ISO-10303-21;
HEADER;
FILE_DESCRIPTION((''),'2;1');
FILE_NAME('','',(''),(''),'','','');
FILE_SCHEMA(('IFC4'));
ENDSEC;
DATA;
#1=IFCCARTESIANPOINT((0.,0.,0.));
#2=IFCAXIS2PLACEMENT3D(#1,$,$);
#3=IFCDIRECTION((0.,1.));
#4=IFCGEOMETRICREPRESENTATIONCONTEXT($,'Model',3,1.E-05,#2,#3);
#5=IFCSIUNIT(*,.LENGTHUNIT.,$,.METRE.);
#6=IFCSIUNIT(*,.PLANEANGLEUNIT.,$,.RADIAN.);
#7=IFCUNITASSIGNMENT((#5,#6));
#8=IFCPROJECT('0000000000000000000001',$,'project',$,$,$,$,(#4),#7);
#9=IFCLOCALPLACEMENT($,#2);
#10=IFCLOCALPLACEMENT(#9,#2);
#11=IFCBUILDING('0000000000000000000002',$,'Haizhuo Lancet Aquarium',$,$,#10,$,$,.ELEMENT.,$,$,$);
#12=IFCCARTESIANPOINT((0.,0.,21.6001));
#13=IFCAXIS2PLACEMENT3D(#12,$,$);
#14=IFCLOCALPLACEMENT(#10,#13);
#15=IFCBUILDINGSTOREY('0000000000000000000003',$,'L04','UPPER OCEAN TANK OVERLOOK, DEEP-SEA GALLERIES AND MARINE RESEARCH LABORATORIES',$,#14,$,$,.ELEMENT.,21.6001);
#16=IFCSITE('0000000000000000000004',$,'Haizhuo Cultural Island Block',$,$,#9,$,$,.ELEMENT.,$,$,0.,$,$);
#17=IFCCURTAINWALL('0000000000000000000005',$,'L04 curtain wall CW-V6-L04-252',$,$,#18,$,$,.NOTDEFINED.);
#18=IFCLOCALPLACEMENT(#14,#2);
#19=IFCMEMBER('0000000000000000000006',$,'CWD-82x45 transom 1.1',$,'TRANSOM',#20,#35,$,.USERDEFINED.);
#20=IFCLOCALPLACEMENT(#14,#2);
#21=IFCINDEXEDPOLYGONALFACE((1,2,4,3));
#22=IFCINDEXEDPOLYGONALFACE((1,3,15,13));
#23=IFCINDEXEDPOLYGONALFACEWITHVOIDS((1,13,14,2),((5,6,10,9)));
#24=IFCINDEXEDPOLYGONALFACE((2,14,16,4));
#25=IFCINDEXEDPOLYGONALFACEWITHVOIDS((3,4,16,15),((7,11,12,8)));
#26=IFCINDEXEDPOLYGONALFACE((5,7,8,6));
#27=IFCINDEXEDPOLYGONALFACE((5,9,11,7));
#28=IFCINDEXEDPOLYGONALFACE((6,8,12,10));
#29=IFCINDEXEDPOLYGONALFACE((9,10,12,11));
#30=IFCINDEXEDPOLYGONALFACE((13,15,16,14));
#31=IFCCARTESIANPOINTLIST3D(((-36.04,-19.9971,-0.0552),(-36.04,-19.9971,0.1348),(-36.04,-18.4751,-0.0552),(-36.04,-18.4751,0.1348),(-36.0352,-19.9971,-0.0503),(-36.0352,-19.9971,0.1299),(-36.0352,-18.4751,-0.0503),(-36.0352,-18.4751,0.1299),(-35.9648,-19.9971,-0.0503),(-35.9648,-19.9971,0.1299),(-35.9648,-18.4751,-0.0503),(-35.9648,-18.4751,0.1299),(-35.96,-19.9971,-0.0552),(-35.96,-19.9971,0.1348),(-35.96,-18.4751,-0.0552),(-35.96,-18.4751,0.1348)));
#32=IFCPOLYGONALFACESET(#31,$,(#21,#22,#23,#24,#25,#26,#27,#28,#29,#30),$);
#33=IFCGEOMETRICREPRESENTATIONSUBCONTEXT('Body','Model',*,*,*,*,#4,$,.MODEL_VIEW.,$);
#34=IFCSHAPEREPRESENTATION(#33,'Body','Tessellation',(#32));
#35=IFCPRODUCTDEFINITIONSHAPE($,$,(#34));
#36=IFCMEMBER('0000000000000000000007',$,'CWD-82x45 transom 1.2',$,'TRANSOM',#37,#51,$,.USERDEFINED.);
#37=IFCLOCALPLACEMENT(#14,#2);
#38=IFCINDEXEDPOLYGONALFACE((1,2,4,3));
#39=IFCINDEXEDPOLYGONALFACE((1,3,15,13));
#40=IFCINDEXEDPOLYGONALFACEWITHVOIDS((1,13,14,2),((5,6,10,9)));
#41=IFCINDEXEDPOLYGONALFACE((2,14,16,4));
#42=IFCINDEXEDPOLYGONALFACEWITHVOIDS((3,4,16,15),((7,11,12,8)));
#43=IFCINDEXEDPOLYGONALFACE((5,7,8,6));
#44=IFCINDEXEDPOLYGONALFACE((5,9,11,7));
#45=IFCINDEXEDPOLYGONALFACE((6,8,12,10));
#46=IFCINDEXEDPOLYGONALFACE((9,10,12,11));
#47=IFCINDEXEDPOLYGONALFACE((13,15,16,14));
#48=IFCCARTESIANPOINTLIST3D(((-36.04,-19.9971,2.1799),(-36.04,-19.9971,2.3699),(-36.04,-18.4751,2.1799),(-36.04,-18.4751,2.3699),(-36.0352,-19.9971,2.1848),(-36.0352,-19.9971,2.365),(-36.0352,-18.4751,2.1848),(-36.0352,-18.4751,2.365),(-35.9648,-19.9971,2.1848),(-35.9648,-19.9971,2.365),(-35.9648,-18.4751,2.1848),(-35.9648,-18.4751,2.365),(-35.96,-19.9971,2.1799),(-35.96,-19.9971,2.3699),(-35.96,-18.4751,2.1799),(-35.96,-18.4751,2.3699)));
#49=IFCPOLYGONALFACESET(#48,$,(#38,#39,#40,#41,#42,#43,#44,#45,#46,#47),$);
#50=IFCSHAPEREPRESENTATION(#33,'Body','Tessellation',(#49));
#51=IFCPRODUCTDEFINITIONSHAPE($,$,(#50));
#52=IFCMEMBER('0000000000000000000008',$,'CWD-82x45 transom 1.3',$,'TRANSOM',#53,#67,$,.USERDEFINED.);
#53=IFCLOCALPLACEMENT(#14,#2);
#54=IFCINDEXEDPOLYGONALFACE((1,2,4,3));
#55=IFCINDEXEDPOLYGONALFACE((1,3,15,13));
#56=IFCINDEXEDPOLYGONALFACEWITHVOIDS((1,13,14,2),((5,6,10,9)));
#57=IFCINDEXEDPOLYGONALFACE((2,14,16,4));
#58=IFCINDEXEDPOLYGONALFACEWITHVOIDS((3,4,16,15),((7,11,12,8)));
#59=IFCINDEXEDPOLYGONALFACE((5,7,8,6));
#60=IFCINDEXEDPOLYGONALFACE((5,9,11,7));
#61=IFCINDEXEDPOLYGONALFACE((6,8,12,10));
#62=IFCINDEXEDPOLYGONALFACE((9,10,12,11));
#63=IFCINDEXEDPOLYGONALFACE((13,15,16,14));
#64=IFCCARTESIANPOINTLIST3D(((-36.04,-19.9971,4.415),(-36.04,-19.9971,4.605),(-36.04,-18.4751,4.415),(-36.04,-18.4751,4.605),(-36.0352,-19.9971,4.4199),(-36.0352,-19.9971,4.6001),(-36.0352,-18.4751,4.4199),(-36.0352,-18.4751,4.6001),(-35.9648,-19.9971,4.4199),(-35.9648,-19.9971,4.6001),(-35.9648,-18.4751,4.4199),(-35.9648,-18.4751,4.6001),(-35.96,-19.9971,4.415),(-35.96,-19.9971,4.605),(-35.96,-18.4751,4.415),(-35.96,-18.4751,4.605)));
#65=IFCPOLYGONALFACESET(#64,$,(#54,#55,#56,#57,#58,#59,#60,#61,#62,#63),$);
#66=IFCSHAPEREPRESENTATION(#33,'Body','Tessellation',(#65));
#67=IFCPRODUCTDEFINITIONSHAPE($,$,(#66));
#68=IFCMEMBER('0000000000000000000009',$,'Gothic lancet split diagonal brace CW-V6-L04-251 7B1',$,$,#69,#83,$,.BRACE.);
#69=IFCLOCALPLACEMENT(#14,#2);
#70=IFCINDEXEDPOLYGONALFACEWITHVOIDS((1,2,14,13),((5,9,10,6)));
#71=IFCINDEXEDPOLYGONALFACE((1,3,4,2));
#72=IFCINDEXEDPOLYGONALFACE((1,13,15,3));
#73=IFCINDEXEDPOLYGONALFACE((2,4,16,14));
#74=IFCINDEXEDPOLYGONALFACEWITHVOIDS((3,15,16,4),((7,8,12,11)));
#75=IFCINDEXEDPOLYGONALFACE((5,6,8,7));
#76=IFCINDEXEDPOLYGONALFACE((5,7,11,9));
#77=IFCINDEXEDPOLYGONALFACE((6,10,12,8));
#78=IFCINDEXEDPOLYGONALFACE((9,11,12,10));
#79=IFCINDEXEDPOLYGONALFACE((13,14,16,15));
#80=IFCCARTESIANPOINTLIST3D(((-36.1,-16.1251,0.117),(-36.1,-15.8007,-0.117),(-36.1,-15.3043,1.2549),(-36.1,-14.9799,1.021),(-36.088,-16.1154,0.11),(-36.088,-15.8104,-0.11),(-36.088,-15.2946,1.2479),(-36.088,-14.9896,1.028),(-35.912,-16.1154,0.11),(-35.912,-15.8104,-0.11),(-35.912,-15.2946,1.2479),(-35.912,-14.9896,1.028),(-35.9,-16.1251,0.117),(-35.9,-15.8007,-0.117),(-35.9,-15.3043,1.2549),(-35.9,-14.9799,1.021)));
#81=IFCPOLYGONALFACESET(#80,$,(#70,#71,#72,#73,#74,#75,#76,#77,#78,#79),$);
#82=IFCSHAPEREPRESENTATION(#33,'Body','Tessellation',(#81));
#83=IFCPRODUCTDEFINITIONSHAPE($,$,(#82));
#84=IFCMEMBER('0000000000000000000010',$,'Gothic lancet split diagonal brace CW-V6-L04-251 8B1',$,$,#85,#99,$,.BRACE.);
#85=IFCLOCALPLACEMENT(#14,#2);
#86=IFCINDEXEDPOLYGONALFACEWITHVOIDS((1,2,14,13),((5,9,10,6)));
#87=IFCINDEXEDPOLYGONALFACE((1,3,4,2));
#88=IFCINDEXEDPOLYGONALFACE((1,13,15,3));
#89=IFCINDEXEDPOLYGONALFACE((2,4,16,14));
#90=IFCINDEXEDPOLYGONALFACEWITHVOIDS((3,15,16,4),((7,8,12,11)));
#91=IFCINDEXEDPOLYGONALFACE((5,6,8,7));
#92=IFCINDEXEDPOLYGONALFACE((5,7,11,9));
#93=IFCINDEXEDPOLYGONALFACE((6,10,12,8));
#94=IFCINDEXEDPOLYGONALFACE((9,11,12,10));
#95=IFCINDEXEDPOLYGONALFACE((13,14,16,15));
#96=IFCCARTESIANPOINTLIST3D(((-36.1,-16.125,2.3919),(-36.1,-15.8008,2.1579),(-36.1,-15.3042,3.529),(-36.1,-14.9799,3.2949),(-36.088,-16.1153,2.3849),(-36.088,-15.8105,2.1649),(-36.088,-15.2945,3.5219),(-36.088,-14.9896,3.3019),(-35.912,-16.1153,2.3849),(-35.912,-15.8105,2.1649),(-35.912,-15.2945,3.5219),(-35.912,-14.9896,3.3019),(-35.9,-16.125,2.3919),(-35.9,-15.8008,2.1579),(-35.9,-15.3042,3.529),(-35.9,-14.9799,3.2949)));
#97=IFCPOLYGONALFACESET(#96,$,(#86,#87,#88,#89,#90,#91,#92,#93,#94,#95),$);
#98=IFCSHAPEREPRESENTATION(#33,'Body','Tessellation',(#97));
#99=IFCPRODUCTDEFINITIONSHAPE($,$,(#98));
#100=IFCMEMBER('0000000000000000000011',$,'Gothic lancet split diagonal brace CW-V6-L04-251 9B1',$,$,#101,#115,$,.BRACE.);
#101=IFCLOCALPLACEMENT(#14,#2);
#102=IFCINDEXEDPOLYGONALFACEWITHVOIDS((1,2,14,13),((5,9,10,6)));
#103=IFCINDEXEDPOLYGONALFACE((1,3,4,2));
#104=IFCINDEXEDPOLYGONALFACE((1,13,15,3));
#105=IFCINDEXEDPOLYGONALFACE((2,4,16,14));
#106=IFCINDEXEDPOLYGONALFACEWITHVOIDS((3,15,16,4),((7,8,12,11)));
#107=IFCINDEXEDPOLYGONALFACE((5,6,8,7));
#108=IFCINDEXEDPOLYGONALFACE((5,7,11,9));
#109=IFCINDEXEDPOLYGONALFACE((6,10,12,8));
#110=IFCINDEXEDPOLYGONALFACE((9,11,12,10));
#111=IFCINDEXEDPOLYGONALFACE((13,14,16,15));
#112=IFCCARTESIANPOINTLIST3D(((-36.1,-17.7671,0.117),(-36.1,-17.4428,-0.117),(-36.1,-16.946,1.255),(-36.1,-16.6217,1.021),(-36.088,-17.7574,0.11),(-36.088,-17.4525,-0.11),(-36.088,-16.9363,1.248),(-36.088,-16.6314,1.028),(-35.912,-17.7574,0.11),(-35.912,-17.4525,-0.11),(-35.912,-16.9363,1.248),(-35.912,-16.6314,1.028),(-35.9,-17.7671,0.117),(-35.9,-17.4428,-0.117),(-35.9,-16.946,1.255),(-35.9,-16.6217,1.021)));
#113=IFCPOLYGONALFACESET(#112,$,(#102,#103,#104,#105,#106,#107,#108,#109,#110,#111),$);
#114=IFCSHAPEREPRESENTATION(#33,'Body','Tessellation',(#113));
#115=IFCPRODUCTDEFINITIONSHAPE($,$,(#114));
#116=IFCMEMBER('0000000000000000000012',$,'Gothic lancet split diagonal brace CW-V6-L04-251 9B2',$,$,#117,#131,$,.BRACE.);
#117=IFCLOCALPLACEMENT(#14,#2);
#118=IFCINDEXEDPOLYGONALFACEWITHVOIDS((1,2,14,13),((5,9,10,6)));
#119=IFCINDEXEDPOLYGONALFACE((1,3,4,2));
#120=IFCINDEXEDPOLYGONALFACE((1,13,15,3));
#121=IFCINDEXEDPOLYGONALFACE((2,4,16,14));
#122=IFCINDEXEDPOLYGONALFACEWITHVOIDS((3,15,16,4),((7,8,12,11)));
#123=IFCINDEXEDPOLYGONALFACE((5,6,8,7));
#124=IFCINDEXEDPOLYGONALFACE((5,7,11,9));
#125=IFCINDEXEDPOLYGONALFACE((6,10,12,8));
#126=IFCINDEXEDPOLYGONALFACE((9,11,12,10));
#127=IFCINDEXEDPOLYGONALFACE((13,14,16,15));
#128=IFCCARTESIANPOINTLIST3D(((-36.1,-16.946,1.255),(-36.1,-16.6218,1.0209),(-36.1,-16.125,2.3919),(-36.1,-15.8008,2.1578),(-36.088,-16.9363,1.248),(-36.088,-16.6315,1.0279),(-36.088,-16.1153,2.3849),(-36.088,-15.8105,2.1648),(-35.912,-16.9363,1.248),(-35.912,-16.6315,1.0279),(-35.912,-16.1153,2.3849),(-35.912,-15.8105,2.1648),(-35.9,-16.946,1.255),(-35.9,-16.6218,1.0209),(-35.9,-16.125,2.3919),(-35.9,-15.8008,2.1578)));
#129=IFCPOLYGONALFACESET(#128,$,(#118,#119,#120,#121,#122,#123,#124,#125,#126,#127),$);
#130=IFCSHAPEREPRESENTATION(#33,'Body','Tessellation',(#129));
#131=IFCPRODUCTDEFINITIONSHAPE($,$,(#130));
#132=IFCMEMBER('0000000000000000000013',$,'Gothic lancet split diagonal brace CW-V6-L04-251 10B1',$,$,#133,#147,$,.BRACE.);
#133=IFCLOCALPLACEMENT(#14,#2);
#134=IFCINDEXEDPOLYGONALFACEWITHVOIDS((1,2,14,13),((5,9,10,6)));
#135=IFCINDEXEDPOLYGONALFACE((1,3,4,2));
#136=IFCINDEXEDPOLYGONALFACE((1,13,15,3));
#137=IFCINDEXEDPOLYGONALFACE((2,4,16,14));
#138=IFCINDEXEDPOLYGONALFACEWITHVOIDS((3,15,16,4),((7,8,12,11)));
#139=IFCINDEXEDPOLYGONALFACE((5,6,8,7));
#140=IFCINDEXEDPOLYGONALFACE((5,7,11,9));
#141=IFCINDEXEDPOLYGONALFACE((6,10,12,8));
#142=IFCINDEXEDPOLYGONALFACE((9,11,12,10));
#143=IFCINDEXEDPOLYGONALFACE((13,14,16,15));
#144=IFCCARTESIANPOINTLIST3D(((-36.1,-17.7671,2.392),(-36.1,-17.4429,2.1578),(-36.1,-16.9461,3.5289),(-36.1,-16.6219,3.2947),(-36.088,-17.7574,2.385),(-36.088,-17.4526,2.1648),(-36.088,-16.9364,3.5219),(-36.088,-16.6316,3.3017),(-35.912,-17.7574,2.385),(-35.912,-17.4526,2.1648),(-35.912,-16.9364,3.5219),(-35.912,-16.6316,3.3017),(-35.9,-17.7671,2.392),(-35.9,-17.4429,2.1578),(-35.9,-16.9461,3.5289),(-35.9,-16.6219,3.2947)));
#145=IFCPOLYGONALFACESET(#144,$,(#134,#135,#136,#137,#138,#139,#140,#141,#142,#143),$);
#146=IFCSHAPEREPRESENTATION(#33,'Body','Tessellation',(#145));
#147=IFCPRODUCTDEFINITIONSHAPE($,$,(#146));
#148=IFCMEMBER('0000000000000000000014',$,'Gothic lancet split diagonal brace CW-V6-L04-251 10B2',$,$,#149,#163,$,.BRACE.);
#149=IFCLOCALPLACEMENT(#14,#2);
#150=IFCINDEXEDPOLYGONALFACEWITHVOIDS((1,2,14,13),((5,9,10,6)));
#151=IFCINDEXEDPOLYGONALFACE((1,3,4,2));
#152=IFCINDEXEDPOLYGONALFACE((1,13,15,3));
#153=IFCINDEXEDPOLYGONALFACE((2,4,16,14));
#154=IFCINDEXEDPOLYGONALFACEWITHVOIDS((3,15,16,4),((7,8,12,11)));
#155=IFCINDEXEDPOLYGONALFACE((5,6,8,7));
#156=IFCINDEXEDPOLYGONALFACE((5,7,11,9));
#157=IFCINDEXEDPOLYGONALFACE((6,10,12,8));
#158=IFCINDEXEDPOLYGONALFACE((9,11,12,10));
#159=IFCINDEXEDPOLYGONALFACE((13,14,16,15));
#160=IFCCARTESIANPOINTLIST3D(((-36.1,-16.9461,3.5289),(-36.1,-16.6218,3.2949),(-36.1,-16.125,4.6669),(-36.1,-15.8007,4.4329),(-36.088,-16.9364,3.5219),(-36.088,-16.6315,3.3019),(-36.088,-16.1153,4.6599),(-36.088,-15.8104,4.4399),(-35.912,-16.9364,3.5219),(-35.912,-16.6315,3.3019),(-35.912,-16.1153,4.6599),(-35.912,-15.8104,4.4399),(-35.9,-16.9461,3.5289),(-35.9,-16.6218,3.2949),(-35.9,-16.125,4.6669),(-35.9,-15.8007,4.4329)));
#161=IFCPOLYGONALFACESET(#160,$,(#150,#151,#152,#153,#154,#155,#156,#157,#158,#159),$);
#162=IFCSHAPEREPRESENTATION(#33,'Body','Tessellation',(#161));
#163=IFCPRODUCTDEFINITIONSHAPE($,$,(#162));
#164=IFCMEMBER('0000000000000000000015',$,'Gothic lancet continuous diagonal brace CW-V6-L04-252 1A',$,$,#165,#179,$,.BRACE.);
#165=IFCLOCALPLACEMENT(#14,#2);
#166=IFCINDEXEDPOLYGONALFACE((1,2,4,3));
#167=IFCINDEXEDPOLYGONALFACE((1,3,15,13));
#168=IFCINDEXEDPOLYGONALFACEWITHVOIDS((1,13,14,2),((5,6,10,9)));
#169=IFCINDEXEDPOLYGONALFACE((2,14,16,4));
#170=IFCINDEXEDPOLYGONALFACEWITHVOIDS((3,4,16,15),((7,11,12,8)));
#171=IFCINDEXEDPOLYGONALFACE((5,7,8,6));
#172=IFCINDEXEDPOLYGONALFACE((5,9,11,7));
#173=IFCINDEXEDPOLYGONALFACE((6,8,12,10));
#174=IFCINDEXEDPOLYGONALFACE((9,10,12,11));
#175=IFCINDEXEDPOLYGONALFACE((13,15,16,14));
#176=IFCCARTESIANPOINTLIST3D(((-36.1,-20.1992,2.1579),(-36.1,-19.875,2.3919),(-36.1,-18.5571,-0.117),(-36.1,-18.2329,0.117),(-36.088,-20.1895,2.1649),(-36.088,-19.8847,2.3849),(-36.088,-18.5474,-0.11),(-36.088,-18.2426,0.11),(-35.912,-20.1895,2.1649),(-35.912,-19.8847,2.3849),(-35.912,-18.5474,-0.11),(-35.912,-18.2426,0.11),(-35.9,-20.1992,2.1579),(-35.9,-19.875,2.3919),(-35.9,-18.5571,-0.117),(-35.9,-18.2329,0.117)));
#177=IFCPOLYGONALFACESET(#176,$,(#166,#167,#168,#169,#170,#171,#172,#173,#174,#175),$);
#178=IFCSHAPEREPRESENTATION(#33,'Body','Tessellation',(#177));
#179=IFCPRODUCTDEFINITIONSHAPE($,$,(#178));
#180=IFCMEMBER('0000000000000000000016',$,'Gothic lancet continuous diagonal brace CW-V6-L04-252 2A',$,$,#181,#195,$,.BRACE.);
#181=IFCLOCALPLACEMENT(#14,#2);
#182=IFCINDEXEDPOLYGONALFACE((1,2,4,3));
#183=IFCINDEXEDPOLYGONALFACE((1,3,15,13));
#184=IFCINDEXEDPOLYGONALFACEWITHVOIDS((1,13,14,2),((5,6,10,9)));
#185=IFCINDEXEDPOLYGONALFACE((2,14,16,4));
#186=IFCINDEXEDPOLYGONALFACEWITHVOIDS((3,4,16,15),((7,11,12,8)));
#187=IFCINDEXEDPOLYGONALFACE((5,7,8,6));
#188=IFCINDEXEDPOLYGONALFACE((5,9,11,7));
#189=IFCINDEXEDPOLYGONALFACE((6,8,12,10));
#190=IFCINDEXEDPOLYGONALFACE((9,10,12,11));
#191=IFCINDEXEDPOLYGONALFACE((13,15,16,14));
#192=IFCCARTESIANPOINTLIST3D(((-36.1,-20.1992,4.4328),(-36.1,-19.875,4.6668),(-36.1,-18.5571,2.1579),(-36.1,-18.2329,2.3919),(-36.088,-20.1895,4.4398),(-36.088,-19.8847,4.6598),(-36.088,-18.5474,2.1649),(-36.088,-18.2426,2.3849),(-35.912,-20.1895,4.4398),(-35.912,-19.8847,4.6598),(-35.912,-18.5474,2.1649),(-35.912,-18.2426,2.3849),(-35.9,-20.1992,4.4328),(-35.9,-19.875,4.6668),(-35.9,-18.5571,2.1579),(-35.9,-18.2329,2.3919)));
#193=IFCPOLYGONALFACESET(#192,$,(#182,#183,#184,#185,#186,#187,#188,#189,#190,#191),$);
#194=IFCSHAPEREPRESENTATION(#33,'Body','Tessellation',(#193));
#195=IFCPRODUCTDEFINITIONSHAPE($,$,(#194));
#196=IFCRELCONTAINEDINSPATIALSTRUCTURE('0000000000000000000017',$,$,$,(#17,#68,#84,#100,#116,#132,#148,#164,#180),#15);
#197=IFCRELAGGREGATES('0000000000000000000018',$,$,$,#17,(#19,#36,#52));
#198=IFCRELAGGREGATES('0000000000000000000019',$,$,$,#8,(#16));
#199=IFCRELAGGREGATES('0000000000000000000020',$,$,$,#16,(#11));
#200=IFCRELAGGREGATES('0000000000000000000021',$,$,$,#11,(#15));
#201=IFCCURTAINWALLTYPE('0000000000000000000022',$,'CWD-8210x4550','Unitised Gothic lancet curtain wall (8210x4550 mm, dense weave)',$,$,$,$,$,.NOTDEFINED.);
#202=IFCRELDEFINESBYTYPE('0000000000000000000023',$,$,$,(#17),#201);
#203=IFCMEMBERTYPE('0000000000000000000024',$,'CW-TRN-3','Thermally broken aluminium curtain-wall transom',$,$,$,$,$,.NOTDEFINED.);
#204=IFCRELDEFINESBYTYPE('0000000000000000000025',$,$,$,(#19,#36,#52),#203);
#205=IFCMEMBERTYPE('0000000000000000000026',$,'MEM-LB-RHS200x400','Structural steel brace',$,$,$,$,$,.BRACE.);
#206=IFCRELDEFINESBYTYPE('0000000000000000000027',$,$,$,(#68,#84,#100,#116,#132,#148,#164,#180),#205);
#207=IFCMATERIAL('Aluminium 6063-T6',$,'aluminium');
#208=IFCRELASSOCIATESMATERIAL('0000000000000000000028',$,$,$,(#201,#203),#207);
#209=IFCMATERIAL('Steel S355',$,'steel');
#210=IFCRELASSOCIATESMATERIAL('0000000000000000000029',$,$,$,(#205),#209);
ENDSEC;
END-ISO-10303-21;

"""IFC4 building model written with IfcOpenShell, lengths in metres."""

from ifc_helpers import new_model, si_unit, direction, frame, origin, origin_2d, place, context, subcontext, project, spatial, hollow_rectangle, extrude, material, material_profile, profile_set, type_object, element, aggregate, save


model = new_model("IFC4")

# Units and contexts
model_context = context("Model", 3, precision=1e-05, world=origin(), true_north=direction((0.0, 1.0)))
body_context = subcontext(model_context, "Body", "Model", "MODEL_VIEW")
ifc_project = project(units=[si_unit("LENGTHUNIT", "METRE"), si_unit("PLANEANGLEUNIT", "RADIAN")], contexts=[model_context])

# Site, building, storey
site_placement = place(None, origin())
site = spatial("IfcSite", under=ifc_project, at=site_placement, Name="Haizhuo Cultural Island Block", CompositionType="ELEMENT", RefElevation=0.0)
building_placement = place(site_placement, origin())
building = spatial("IfcBuilding", under=site, at=building_placement, Name="Haizhuo Lancet Aquarium", CompositionType="ELEMENT")
storey_placement = place(building_placement, frame((0.0, 0.0, 21.6001)))
storey = spatial("IfcBuildingStorey", under=building, at=storey_placement, Name="L04", Description="UPPER OCEAN TANK OVERLOOK, DEEP-SEA GALLERIES AND MARINE RESEARCH LABORATORIES", CompositionType="ELEMENT", Elevation=21.6001)

# Shared definitions
ifc_material_1 = material(Name="Steel S355", Category="steel")

# Shared definitions
ifc_material_2 = material(Name="Aluminium 6063-T6", Category="aluminium")
curtain_wall_type = type_object("IfcCurtainWallType", Name="CWD-8210x4550", Description="Unitised Gothic lancet curtain wall (8210x4550 mm, dense weave)", PredefinedType="NOTDEFINED", material=ifc_material_2)

# Curtain wall
curtain_wall_1_placement = place(storey_placement, origin())
curtain_wall_1 = element("IfcCurtainWall", 1, at=curtain_wall_1_placement, inside=storey, type_object=curtain_wall_type, Name="L04 curtain wall CW-V6-L04-252", PredefinedType="NOTDEFINED")

# Members
ifc_material_profile_1 = material_profile(ifc_material_2, hollow_rectangle(XDim=0.0801, YDim=0.1899, WallThickness=0.0049, at=origin_2d()), Name="ALU-T 80x190x5")
ifc_profile_set_1 = profile_set([ifc_material_profile_1], Name="Aluminium 6063-T6")
member_type_1 = type_object("IfcMemberType", Name="CW-TRN-3", Description="Thermally broken aluminium curtain-wall transom", PredefinedType="NOTDEFINED", material=ifc_profile_set_1)
member_1_placement = place(storey_placement, frame((-36.0, -18.4751, 0.0398), z_axis=(0.0, -1.0, 0.0), x_axis=(1.0, 0.0, 0.0)))
member_1 = element("IfcMember", 2, at=member_1_placement, type_object=member_type_1, Name="CWD-82x45 transom 1.1", ObjectType="TRANSOM", PredefinedType="USERDEFINED", context=body_context, shape_type="SweptSolid", body=[
    extrude(hollow_rectangle(XDim=0.0801, YDim=0.1899, WallThickness=0.0049, at=origin_2d()), origin(), (0.0, 0.0, 1.0), 1.522),
])
member_2_placement = place(storey_placement, frame((-36.0, -18.4751, 2.2749), z_axis=(0.0, -1.0, 0.0), x_axis=(1.0, 0.0, 0.0)))
member_2 = element("IfcMember", 3, at=member_2_placement, type_object=member_type_1, Name="CWD-82x45 transom 1.2", ObjectType="TRANSOM", PredefinedType="USERDEFINED", context=body_context, shape_type="SweptSolid", body=[
    extrude(hollow_rectangle(XDim=0.0801, YDim=0.1899, WallThickness=0.0049, at=origin_2d()), origin(), (0.0, 0.0, 1.0), 1.522),
])
member_3_placement = place(storey_placement, frame((-36.0, -18.4751, 4.51), z_axis=(0.0, -1.0, 0.0), x_axis=(1.0, 0.0, 0.0)))
member_3 = element("IfcMember", 4, at=member_3_placement, type_object=member_type_1, Name="CWD-82x45 transom 1.3", ObjectType="TRANSOM", PredefinedType="USERDEFINED", context=body_context, shape_type="SweptSolid", body=[
    extrude(hollow_rectangle(XDim=0.0801, YDim=0.1899, WallThickness=0.0049, at=origin_2d()), origin(), (0.0, 0.0, 1.0), 1.522),
])
aggregate(curtain_wall_1, [member_1, member_2, member_3])

# Members
ifc_material_profile_2 = material_profile(ifc_material_1, hollow_rectangle(XDim=0.2, YDim=0.3999, WallThickness=0.012, at=origin_2d()), Name="RHS 200x400x12")
ifc_profile_set_2 = profile_set([ifc_material_profile_2], Name="Steel S355")
member_type_2 = type_object("IfcMemberType", Name="MEM-LB-RHS200x400", Description="Structural steel brace", PredefinedType="BRACE", material=ifc_profile_set_2)
member_4_placement = place(storey_placement, frame((-36.0, -15.9629, 0.0), z_axis=(0.0, 0.585001, 0.811032), x_axis=(-1.0, 0.0, 0.0)))
element("IfcMember", 5, at=member_4_placement, inside=storey, type_object=member_type_2, Name="Gothic lancet split diagonal brace CW-V6-L04-251 7B1", PredefinedType="BRACE", context=body_context, shape_type="SweptSolid", body=[
    extrude(hollow_rectangle(XDim=0.2, YDim=0.3999, WallThickness=0.012, at=origin_2d()), origin(), (0.0, 0.0, 1.0), 1.4031),
])
member_5_placement = place(storey_placement, frame((-36.0, -15.9629, 2.2749), z_axis=(0.0, 0.585332, 0.810794), x_axis=(-1.0, 0.0, 0.0)))
element("IfcMember", 6, at=member_5_placement, inside=storey, type_object=member_type_2, Name="Gothic lancet split diagonal brace CW-V6-L04-251 8B1", PredefinedType="BRACE", context=body_context, shape_type="SweptSolid", body=[
    extrude(hollow_rectangle(XDim=0.2, YDim=0.3999, WallThickness=0.012, at=origin_2d()), origin(), (0.0, 0.0, 1.0), 1.4023),
])
member_6_placement = place(storey_placement, frame((-36.0, -17.605, 0.0), z_axis=(0.0, 0.585116, 0.81095), x_axis=(-1.0, 0.0, 0.0)))
element("IfcMember", 7, at=member_6_placement, inside=storey, type_object=member_type_2, Name="Gothic lancet split diagonal brace CW-V6-L04-251 9B1", PredefinedType="BRACE", context=body_context, shape_type="SweptSolid", body=[
    extrude(hollow_rectangle(XDim=0.2, YDim=0.3999, WallThickness=0.012, at=origin_2d()), origin(), (0.0, 0.0, 1.0), 1.4033),
])
for number, where, z_axis, x_axis, name in (
    (8, (-36.0, -16.7839, 1.1379), (0.0, 0.585446, 0.810711), (-1.0, 0.0, 0.0), "Gothic lancet split diagonal brace CW-V6-L04-251 9B2"),
    (9, (-36.0, -17.605, 2.2749), (0.0, 0.585446, 0.810711), (-1.0, 0.0, 0.0), "Gothic lancet split diagonal brace CW-V6-L04-251 10B1"),
):
    element("IfcMember", number, at=place(storey_placement, frame(where, z_axis=z_axis, x_axis=x_axis)), inside=storey, type_object=member_type_2, Name=name, PredefinedType="BRACE", context=body_context, shape_type="SweptSolid", body=[
        extrude(hollow_rectangle(XDim=0.2, YDim=0.3999, WallThickness=0.012, at=origin_2d()), origin(), (0.0, 0.0, 1.0), 1.4023),
    ])
member_7_placement = place(storey_placement, frame((-36.0, -16.7839, 3.4119), z_axis=(0.0, 0.585116, 0.81095), x_axis=(-1.0, 0.0, 0.0)))
element("IfcMember", 10, at=member_7_placement, inside=storey, type_object=member_type_2, Name="Gothic lancet split diagonal brace CW-V6-L04-251 10B2", PredefinedType="BRACE", context=body_context, shape_type="SweptSolid", body=[
    extrude(hollow_rectangle(XDim=0.2, YDim=0.3999, WallThickness=0.012, at=origin_2d()), origin(), (0.0, 0.0, 1.0), 1.4033),
])
for number, where, z_axis, x_axis, name in (
    (11, (-36.0, -18.395, 0.0), (0.0, -0.585281, 0.810831), (1.0, 0.0, 0.0), "Gothic lancet continuous diagonal brace CW-V6-L04-252 1A"),
    (12, (-36.0, -18.395, 2.2749), (0.0, -0.585281, 0.810831), (1.0, 0.0, 0.0), "Gothic lancet continuous diagonal brace CW-V6-L04-252 2A"),
):
    element("IfcMember", number, at=place(storey_placement, frame(where, z_axis=z_axis, x_axis=x_axis)), inside=storey, type_object=member_type_2, Name=name, PredefinedType="BRACE", context=body_context, shape_type="SweptSolid", body=[
        extrude(hollow_rectangle(XDim=0.2, YDim=0.3999, WallThickness=0.012, at=origin_2d()), origin(), (0.0, 0.0, 1.0), 2.8057),
    ])

save(model, "model.ifc")
